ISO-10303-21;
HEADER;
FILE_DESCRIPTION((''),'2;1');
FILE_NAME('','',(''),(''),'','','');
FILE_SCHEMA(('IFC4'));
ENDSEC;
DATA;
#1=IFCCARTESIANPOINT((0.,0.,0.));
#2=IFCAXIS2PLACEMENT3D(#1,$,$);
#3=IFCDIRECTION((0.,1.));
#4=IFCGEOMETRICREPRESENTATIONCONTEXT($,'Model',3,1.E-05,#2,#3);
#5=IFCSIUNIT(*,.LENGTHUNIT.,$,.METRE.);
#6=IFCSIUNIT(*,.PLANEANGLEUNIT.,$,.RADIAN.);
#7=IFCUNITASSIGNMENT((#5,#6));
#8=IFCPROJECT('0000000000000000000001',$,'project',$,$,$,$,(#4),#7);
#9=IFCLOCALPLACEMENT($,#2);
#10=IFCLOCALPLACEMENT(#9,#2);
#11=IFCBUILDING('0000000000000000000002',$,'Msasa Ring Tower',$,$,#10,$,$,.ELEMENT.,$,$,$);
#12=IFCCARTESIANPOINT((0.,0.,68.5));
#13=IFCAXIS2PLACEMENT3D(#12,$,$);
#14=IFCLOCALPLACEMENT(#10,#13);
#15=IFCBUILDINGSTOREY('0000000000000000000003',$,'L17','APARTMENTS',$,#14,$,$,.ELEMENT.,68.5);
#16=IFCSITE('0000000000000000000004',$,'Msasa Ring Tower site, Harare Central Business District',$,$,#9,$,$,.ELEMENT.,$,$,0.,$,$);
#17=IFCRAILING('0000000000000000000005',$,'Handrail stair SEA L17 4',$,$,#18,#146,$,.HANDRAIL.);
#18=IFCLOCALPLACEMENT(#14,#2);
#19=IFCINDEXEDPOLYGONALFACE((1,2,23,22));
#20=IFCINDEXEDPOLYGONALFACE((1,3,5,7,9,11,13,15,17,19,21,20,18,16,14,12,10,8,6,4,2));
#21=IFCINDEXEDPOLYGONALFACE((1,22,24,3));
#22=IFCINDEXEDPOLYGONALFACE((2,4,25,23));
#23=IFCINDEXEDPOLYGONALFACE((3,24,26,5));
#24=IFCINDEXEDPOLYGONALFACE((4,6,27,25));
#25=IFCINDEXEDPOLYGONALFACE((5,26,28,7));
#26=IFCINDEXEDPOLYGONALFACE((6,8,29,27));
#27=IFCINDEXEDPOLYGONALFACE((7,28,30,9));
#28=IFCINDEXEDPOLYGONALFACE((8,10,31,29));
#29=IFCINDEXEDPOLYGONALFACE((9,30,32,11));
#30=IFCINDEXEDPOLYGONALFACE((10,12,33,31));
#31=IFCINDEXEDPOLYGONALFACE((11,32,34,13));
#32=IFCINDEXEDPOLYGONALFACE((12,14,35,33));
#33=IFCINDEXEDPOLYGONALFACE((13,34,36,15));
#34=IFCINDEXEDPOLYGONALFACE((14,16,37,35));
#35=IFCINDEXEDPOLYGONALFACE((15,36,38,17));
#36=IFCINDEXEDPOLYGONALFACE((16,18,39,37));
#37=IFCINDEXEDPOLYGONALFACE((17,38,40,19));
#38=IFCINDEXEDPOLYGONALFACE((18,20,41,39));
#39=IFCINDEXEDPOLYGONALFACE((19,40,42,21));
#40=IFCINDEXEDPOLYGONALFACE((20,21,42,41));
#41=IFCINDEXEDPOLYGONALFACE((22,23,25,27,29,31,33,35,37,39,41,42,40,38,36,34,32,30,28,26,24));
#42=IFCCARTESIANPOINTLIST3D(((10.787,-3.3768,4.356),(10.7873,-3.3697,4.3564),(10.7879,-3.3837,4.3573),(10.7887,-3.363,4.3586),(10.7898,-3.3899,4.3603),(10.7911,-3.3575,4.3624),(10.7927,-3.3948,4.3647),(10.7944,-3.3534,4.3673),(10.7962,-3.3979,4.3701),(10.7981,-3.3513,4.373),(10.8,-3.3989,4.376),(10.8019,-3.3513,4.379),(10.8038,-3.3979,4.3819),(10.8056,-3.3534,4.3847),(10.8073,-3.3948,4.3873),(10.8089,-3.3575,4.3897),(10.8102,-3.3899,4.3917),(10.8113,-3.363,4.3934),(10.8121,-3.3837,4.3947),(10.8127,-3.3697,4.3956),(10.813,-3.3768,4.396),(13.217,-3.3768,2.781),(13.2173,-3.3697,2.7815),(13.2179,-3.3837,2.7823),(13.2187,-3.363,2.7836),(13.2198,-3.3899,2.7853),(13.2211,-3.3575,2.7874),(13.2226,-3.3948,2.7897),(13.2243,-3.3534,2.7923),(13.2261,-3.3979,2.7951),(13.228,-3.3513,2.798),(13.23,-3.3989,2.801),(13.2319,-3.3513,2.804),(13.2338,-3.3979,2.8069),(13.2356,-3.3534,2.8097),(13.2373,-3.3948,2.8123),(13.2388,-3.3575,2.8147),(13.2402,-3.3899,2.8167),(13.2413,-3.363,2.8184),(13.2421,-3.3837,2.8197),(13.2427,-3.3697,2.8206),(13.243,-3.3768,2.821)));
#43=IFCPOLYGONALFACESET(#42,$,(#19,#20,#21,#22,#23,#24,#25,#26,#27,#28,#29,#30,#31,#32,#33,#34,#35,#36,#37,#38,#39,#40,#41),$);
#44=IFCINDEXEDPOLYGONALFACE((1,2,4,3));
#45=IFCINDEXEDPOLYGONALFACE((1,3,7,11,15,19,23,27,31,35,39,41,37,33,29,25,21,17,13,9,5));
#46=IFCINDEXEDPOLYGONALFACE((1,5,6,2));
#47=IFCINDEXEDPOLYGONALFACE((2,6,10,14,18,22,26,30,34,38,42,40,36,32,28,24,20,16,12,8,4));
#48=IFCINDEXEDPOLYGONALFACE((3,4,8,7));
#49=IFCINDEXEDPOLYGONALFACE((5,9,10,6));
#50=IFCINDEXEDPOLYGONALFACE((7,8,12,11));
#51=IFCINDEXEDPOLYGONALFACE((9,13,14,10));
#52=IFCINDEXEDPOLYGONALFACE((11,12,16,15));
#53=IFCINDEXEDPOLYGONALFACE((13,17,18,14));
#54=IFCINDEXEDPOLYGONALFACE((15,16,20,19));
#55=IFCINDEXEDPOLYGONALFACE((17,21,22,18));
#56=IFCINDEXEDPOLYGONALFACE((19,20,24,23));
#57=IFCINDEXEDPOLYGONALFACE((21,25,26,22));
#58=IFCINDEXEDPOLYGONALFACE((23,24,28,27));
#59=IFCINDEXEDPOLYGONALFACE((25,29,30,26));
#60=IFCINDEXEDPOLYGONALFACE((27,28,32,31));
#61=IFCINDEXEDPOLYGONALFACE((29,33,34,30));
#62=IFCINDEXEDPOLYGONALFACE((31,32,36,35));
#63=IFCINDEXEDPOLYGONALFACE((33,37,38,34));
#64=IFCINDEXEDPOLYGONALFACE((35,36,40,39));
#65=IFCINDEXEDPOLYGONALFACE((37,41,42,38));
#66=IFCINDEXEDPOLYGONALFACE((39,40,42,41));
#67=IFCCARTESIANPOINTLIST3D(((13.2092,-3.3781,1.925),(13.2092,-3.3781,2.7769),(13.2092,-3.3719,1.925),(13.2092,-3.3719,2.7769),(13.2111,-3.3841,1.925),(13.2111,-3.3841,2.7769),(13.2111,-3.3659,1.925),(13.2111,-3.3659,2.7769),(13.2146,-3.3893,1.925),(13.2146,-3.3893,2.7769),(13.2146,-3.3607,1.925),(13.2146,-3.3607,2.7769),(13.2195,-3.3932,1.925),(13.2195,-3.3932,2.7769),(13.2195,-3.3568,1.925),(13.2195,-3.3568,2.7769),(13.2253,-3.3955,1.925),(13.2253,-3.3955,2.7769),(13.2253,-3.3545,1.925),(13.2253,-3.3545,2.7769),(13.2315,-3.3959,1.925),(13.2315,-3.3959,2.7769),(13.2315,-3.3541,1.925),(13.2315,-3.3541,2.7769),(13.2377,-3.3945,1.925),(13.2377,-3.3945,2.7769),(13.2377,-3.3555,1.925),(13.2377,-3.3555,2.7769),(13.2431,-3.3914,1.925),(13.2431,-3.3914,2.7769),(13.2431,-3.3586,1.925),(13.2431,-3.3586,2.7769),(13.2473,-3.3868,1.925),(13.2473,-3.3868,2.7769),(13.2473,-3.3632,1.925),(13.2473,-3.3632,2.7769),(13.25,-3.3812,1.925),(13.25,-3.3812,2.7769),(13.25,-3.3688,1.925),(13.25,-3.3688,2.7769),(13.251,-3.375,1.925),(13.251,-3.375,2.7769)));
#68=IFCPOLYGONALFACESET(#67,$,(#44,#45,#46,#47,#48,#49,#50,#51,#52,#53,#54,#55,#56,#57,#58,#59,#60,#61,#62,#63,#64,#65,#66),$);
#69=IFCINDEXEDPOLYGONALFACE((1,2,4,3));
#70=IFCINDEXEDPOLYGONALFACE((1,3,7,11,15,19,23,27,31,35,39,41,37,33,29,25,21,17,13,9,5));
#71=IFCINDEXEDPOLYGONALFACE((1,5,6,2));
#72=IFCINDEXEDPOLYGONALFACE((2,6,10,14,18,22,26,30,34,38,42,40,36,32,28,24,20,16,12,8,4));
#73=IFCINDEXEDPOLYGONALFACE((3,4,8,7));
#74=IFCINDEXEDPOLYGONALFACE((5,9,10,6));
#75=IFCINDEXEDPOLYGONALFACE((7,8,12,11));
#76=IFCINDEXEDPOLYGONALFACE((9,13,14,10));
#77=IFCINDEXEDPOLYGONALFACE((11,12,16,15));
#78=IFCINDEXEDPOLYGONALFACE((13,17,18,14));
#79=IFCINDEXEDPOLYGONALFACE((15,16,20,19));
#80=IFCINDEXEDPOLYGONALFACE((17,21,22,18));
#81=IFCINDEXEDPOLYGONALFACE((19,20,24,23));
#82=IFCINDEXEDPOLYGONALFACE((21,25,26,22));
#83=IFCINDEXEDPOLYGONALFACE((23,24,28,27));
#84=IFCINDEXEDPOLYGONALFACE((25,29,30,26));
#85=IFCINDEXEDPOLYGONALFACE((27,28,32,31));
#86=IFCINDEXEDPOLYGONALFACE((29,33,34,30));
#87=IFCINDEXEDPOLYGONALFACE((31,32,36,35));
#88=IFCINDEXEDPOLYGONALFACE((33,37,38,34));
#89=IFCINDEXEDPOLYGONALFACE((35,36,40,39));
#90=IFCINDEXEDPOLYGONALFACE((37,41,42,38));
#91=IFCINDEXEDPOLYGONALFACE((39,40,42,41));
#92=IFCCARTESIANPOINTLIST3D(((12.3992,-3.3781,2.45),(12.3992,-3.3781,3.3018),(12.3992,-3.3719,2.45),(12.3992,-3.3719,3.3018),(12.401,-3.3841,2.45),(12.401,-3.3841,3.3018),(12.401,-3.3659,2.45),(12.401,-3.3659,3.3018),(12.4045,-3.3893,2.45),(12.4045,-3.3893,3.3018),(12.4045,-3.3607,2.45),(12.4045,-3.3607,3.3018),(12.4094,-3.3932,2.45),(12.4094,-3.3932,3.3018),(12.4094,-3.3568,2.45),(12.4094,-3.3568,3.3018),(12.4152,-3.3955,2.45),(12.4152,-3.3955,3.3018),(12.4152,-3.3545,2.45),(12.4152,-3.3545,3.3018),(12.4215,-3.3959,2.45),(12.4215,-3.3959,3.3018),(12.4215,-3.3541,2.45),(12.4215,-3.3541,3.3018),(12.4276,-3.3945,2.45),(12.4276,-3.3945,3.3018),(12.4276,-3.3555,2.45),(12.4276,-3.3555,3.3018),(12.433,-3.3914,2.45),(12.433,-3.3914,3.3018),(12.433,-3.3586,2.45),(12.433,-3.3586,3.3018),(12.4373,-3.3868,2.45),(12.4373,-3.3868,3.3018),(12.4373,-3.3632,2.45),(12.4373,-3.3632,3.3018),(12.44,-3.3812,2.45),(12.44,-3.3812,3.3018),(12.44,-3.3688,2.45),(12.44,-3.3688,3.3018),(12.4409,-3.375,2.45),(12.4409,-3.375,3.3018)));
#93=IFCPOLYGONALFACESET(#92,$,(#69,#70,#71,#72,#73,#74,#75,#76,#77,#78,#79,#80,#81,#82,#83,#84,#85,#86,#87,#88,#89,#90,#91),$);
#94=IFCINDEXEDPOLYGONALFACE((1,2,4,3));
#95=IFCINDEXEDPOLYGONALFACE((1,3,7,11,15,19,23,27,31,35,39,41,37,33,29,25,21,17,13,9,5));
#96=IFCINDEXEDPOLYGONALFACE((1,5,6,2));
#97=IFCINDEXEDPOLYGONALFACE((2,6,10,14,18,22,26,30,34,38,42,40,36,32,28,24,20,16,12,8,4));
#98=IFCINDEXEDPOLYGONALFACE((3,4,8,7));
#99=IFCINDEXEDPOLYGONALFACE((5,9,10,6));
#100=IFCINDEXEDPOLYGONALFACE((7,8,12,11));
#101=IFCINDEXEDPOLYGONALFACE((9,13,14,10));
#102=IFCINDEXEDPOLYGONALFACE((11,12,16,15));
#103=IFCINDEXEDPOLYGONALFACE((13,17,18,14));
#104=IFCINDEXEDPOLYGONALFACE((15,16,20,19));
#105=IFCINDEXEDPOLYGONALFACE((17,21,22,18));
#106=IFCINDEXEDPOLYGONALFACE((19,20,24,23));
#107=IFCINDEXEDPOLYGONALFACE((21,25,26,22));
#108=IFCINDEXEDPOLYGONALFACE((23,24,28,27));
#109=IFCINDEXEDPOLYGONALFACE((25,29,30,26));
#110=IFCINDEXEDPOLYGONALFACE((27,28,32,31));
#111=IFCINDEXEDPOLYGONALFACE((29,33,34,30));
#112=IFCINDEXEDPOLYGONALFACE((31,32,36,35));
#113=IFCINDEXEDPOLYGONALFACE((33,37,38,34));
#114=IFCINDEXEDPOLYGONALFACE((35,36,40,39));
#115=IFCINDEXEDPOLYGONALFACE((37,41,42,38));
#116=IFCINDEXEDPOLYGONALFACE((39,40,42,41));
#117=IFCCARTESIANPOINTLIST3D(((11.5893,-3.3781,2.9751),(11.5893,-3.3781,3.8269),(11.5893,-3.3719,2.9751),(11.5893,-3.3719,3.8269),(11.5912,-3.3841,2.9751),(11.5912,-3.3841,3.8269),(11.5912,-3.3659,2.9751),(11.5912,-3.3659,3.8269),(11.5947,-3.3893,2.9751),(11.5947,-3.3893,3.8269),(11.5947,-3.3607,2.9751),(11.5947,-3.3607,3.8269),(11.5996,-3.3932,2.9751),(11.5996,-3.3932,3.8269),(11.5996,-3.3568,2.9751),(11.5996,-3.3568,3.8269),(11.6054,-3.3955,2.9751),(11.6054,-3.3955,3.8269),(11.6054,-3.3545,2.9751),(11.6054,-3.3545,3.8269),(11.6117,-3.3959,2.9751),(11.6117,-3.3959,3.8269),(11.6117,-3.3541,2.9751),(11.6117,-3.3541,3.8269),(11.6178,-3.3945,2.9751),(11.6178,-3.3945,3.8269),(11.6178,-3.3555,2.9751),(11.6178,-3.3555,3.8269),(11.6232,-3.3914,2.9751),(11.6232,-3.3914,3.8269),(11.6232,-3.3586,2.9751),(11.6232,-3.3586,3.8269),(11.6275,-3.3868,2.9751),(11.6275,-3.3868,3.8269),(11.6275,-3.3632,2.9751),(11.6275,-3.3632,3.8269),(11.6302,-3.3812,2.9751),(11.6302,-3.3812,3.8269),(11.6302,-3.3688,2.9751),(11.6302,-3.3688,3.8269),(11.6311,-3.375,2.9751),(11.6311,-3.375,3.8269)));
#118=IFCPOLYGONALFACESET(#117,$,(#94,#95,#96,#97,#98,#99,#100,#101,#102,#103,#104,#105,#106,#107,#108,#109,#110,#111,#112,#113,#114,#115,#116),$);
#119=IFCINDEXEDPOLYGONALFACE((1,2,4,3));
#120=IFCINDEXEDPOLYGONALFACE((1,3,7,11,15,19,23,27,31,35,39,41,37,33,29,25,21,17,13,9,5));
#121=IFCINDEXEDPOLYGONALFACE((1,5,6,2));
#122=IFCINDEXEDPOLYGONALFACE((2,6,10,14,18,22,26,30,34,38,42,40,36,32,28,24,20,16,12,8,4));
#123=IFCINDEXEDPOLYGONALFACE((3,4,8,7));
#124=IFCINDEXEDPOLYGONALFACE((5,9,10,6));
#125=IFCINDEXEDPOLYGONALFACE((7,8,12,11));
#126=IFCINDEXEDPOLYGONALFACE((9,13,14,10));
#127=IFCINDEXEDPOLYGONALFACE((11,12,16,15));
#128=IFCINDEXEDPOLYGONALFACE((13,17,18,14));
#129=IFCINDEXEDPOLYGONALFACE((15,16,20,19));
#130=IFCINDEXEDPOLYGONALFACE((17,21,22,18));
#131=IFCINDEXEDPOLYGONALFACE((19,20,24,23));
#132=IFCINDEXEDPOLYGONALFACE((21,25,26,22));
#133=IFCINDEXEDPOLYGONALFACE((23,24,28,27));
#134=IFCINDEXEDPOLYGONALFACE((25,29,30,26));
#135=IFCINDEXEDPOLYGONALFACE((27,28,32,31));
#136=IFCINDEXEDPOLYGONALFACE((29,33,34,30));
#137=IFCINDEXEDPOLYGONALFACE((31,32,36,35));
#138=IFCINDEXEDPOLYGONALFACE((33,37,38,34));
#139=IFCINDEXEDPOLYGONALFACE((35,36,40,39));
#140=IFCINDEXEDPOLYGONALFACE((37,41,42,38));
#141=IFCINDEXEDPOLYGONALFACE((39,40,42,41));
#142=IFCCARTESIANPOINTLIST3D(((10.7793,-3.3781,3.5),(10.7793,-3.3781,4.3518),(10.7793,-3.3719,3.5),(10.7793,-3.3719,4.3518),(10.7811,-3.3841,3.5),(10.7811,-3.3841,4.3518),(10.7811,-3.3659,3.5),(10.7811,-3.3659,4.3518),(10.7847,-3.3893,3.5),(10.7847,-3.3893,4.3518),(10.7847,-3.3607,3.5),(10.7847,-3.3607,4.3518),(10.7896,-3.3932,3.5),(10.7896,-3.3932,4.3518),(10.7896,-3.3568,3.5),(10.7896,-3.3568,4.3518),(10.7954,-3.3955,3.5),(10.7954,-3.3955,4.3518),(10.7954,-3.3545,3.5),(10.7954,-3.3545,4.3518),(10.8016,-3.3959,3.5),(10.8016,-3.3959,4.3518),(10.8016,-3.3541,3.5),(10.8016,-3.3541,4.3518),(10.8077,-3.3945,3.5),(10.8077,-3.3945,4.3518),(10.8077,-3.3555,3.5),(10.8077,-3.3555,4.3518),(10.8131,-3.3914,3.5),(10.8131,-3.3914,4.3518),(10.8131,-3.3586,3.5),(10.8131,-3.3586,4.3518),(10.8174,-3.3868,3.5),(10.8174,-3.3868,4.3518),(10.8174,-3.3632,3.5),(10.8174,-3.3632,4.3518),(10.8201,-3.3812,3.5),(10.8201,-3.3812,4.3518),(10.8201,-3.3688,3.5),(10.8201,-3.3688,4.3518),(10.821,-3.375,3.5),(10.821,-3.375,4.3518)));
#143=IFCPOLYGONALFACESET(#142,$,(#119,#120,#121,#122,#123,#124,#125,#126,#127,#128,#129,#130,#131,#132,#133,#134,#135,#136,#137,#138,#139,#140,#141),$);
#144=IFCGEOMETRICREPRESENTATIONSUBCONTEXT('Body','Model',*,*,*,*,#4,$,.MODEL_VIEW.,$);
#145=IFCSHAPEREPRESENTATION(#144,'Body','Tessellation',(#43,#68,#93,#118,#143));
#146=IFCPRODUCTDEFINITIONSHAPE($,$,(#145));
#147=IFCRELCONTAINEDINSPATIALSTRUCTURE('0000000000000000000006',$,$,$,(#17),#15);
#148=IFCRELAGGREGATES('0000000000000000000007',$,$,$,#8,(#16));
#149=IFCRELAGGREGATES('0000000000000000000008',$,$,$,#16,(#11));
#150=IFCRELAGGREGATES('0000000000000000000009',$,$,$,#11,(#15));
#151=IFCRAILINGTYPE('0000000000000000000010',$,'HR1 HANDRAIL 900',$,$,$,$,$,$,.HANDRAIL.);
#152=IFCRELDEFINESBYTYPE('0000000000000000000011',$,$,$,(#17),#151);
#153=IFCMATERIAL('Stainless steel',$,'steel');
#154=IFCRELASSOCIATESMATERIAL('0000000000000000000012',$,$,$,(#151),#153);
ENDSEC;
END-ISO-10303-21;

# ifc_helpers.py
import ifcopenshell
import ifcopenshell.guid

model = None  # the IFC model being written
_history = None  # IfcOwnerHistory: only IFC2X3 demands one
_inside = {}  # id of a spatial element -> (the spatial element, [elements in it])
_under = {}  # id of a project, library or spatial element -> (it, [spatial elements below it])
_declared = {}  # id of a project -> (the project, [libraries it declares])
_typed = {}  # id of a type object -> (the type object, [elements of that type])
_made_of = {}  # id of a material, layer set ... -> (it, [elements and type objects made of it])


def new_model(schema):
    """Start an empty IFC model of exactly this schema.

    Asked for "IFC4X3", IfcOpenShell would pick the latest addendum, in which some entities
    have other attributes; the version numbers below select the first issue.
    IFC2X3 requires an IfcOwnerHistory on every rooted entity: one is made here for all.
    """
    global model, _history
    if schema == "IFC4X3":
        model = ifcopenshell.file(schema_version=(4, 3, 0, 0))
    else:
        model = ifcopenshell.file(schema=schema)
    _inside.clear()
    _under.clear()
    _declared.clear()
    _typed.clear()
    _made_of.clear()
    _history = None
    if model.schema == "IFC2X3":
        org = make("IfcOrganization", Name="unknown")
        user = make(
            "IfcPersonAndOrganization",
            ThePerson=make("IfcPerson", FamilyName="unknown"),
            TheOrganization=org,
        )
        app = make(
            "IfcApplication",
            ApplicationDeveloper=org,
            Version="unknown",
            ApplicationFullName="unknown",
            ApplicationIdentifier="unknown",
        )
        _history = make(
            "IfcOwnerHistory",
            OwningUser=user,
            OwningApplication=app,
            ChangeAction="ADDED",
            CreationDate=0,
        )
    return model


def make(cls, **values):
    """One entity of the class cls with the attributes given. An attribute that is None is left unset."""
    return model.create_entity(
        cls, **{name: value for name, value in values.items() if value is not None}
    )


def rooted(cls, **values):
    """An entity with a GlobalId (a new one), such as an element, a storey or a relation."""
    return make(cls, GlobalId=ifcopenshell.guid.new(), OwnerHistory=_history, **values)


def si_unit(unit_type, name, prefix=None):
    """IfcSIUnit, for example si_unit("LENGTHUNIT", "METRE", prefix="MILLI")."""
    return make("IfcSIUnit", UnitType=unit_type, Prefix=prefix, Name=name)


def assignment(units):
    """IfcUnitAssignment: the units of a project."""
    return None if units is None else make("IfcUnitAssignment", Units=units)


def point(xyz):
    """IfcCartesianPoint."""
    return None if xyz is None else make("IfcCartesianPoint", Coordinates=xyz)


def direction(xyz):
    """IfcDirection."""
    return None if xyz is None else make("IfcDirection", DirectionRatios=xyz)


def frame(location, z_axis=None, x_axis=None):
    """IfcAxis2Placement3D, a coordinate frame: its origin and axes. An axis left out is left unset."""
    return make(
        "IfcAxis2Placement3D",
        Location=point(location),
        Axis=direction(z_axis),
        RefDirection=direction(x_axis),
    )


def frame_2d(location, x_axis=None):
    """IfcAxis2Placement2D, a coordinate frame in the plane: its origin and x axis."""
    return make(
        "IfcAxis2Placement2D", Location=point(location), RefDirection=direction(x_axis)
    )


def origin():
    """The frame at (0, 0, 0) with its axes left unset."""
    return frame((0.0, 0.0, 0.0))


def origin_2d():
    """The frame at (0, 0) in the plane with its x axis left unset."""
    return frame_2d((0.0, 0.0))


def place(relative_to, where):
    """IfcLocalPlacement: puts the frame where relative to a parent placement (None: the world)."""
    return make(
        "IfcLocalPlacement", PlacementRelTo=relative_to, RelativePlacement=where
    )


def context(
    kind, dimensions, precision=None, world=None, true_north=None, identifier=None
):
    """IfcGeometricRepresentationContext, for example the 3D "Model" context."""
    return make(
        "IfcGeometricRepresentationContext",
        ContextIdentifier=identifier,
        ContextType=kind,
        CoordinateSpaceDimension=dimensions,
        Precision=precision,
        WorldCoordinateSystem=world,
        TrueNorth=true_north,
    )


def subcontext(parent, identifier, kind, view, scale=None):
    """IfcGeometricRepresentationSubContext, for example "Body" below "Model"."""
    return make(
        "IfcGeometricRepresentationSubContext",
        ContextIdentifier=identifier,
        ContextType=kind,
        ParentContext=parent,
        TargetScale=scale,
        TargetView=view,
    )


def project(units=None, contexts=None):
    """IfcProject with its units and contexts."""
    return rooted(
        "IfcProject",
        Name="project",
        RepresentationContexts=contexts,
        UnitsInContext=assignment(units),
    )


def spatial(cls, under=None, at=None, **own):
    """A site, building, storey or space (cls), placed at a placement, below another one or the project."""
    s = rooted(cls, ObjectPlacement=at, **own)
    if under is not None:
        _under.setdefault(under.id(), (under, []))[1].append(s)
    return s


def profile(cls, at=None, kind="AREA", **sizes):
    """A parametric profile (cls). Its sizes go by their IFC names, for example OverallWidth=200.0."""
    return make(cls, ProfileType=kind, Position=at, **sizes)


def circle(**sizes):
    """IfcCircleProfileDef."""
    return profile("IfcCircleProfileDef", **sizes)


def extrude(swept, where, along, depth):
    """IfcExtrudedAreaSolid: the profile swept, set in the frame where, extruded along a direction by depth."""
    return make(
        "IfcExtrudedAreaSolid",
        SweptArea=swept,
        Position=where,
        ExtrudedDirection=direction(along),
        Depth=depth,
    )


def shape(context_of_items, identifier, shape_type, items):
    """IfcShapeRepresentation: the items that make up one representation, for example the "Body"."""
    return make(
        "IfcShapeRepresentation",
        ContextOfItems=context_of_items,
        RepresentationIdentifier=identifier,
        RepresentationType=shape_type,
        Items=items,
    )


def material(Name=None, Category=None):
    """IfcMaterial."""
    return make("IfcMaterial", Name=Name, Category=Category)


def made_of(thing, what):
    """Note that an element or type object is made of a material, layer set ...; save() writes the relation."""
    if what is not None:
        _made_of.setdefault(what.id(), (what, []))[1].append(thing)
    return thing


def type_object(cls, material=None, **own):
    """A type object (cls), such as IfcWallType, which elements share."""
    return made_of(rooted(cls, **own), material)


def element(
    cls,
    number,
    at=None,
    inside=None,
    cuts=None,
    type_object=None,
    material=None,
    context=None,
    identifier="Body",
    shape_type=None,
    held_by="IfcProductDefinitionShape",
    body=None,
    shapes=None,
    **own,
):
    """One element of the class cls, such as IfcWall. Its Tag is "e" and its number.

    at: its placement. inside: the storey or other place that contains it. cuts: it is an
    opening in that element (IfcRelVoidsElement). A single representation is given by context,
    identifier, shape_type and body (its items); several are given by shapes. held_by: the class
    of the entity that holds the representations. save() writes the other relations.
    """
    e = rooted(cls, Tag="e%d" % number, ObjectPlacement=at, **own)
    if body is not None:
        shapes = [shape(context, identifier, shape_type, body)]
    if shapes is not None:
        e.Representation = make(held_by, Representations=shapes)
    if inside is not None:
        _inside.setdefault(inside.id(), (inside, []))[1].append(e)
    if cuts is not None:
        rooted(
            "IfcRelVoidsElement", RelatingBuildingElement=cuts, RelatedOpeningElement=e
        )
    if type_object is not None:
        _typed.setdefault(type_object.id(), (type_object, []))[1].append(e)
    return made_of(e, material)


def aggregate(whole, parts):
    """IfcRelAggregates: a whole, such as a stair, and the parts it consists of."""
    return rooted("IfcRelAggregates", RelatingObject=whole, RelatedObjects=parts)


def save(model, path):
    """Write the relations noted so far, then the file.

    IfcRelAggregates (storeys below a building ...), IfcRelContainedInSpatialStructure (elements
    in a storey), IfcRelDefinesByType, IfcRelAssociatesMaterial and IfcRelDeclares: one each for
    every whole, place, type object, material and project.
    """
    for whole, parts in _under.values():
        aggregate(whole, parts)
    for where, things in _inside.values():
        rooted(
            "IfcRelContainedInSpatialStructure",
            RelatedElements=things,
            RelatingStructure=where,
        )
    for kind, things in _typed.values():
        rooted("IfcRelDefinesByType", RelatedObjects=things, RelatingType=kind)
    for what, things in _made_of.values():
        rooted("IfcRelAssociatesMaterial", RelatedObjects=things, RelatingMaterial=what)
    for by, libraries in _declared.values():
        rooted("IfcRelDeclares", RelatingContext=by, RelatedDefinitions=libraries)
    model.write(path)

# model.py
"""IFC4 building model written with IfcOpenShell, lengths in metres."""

from ifc_helpers import new_model, si_unit, direction, frame, origin, origin_2d, place, context, subcontext, project, spatial, circle, extrude, material, type_object, element, save


model = new_model("IFC4")

# Units and contexts
model_context = context("Model", 3, precision=1e-05, world=origin(), true_north=direction((0.0, 1.0)))
body_context = subcontext(model_context, "Body", "Model", "MODEL_VIEW")
ifc_project = project(units=[si_unit("LENGTHUNIT", "METRE"), si_unit("PLANEANGLEUNIT", "RADIAN")], contexts=[model_context])

# Site, building, storey
site_placement = place(None, origin())
site = spatial("IfcSite", under=ifc_project, at=site_placement, Name="Msasa Ring Tower site, Harare Central Business District", CompositionType="ELEMENT", RefElevation=0.0)
building_placement = place(site_placement, origin())
building = spatial("IfcBuilding", under=site, at=building_placement, Name="Msasa Ring Tower", CompositionType="ELEMENT")
storey_placement = place(building_placement, frame((0.0, 0.0, 68.5)))
storey = spatial("IfcBuildingStorey", under=building, at=storey_placement, Name="L17", Description="APARTMENTS", CompositionType="ELEMENT", Elevation=68.5)

# Railing
ifc_material_1 = material(Name="Stainless steel", Category="steel")
railing_type = type_object("IfcRailingType", Name="HR1 HANDRAIL 900", PredefinedType="HANDRAIL", material=ifc_material_1)
railing_placement = place(storey_placement, frame((13.23, -3.375, 1.925)))
element("IfcRailing", 1, at=railing_placement, inside=storey, type_object=railing_type, Name="Handrail stair SEA L17 4", PredefinedType="HANDRAIL", context=body_context, shape_type="SweptSolid", body=[
    extrude(circle(Radius=0.0239, at=origin_2d()), frame((0.0, 0.0, 0.876), z_axis=(-0.839154, 0.0, 0.543894), x_axis=(0.0, -1.0, 0.0)), (0.0, 0.0, 1.0), 2.8958),
    extrude(circle(Radius=0.021, at=origin_2d()), origin(), (0.0, 0.0, 1.0), 0.8518),
    extrude(circle(Radius=0.021, at=origin_2d()), frame((-0.8101, 0.0, 0.5249)), (0.0, 0.0, 1.0), 0.8518),
    extrude(circle(Radius=0.021, at=origin_2d()), frame((-1.6199, 0.0, 1.05)), (0.0, 0.0, 1.0), 0.8518),
    extrude(circle(Radius=0.021, at=origin_2d()), frame((-2.4299, 0.0, 1.575)), (0.0, 0.0, 1.0), 0.8518),
])

save(model, "model.ifc")
